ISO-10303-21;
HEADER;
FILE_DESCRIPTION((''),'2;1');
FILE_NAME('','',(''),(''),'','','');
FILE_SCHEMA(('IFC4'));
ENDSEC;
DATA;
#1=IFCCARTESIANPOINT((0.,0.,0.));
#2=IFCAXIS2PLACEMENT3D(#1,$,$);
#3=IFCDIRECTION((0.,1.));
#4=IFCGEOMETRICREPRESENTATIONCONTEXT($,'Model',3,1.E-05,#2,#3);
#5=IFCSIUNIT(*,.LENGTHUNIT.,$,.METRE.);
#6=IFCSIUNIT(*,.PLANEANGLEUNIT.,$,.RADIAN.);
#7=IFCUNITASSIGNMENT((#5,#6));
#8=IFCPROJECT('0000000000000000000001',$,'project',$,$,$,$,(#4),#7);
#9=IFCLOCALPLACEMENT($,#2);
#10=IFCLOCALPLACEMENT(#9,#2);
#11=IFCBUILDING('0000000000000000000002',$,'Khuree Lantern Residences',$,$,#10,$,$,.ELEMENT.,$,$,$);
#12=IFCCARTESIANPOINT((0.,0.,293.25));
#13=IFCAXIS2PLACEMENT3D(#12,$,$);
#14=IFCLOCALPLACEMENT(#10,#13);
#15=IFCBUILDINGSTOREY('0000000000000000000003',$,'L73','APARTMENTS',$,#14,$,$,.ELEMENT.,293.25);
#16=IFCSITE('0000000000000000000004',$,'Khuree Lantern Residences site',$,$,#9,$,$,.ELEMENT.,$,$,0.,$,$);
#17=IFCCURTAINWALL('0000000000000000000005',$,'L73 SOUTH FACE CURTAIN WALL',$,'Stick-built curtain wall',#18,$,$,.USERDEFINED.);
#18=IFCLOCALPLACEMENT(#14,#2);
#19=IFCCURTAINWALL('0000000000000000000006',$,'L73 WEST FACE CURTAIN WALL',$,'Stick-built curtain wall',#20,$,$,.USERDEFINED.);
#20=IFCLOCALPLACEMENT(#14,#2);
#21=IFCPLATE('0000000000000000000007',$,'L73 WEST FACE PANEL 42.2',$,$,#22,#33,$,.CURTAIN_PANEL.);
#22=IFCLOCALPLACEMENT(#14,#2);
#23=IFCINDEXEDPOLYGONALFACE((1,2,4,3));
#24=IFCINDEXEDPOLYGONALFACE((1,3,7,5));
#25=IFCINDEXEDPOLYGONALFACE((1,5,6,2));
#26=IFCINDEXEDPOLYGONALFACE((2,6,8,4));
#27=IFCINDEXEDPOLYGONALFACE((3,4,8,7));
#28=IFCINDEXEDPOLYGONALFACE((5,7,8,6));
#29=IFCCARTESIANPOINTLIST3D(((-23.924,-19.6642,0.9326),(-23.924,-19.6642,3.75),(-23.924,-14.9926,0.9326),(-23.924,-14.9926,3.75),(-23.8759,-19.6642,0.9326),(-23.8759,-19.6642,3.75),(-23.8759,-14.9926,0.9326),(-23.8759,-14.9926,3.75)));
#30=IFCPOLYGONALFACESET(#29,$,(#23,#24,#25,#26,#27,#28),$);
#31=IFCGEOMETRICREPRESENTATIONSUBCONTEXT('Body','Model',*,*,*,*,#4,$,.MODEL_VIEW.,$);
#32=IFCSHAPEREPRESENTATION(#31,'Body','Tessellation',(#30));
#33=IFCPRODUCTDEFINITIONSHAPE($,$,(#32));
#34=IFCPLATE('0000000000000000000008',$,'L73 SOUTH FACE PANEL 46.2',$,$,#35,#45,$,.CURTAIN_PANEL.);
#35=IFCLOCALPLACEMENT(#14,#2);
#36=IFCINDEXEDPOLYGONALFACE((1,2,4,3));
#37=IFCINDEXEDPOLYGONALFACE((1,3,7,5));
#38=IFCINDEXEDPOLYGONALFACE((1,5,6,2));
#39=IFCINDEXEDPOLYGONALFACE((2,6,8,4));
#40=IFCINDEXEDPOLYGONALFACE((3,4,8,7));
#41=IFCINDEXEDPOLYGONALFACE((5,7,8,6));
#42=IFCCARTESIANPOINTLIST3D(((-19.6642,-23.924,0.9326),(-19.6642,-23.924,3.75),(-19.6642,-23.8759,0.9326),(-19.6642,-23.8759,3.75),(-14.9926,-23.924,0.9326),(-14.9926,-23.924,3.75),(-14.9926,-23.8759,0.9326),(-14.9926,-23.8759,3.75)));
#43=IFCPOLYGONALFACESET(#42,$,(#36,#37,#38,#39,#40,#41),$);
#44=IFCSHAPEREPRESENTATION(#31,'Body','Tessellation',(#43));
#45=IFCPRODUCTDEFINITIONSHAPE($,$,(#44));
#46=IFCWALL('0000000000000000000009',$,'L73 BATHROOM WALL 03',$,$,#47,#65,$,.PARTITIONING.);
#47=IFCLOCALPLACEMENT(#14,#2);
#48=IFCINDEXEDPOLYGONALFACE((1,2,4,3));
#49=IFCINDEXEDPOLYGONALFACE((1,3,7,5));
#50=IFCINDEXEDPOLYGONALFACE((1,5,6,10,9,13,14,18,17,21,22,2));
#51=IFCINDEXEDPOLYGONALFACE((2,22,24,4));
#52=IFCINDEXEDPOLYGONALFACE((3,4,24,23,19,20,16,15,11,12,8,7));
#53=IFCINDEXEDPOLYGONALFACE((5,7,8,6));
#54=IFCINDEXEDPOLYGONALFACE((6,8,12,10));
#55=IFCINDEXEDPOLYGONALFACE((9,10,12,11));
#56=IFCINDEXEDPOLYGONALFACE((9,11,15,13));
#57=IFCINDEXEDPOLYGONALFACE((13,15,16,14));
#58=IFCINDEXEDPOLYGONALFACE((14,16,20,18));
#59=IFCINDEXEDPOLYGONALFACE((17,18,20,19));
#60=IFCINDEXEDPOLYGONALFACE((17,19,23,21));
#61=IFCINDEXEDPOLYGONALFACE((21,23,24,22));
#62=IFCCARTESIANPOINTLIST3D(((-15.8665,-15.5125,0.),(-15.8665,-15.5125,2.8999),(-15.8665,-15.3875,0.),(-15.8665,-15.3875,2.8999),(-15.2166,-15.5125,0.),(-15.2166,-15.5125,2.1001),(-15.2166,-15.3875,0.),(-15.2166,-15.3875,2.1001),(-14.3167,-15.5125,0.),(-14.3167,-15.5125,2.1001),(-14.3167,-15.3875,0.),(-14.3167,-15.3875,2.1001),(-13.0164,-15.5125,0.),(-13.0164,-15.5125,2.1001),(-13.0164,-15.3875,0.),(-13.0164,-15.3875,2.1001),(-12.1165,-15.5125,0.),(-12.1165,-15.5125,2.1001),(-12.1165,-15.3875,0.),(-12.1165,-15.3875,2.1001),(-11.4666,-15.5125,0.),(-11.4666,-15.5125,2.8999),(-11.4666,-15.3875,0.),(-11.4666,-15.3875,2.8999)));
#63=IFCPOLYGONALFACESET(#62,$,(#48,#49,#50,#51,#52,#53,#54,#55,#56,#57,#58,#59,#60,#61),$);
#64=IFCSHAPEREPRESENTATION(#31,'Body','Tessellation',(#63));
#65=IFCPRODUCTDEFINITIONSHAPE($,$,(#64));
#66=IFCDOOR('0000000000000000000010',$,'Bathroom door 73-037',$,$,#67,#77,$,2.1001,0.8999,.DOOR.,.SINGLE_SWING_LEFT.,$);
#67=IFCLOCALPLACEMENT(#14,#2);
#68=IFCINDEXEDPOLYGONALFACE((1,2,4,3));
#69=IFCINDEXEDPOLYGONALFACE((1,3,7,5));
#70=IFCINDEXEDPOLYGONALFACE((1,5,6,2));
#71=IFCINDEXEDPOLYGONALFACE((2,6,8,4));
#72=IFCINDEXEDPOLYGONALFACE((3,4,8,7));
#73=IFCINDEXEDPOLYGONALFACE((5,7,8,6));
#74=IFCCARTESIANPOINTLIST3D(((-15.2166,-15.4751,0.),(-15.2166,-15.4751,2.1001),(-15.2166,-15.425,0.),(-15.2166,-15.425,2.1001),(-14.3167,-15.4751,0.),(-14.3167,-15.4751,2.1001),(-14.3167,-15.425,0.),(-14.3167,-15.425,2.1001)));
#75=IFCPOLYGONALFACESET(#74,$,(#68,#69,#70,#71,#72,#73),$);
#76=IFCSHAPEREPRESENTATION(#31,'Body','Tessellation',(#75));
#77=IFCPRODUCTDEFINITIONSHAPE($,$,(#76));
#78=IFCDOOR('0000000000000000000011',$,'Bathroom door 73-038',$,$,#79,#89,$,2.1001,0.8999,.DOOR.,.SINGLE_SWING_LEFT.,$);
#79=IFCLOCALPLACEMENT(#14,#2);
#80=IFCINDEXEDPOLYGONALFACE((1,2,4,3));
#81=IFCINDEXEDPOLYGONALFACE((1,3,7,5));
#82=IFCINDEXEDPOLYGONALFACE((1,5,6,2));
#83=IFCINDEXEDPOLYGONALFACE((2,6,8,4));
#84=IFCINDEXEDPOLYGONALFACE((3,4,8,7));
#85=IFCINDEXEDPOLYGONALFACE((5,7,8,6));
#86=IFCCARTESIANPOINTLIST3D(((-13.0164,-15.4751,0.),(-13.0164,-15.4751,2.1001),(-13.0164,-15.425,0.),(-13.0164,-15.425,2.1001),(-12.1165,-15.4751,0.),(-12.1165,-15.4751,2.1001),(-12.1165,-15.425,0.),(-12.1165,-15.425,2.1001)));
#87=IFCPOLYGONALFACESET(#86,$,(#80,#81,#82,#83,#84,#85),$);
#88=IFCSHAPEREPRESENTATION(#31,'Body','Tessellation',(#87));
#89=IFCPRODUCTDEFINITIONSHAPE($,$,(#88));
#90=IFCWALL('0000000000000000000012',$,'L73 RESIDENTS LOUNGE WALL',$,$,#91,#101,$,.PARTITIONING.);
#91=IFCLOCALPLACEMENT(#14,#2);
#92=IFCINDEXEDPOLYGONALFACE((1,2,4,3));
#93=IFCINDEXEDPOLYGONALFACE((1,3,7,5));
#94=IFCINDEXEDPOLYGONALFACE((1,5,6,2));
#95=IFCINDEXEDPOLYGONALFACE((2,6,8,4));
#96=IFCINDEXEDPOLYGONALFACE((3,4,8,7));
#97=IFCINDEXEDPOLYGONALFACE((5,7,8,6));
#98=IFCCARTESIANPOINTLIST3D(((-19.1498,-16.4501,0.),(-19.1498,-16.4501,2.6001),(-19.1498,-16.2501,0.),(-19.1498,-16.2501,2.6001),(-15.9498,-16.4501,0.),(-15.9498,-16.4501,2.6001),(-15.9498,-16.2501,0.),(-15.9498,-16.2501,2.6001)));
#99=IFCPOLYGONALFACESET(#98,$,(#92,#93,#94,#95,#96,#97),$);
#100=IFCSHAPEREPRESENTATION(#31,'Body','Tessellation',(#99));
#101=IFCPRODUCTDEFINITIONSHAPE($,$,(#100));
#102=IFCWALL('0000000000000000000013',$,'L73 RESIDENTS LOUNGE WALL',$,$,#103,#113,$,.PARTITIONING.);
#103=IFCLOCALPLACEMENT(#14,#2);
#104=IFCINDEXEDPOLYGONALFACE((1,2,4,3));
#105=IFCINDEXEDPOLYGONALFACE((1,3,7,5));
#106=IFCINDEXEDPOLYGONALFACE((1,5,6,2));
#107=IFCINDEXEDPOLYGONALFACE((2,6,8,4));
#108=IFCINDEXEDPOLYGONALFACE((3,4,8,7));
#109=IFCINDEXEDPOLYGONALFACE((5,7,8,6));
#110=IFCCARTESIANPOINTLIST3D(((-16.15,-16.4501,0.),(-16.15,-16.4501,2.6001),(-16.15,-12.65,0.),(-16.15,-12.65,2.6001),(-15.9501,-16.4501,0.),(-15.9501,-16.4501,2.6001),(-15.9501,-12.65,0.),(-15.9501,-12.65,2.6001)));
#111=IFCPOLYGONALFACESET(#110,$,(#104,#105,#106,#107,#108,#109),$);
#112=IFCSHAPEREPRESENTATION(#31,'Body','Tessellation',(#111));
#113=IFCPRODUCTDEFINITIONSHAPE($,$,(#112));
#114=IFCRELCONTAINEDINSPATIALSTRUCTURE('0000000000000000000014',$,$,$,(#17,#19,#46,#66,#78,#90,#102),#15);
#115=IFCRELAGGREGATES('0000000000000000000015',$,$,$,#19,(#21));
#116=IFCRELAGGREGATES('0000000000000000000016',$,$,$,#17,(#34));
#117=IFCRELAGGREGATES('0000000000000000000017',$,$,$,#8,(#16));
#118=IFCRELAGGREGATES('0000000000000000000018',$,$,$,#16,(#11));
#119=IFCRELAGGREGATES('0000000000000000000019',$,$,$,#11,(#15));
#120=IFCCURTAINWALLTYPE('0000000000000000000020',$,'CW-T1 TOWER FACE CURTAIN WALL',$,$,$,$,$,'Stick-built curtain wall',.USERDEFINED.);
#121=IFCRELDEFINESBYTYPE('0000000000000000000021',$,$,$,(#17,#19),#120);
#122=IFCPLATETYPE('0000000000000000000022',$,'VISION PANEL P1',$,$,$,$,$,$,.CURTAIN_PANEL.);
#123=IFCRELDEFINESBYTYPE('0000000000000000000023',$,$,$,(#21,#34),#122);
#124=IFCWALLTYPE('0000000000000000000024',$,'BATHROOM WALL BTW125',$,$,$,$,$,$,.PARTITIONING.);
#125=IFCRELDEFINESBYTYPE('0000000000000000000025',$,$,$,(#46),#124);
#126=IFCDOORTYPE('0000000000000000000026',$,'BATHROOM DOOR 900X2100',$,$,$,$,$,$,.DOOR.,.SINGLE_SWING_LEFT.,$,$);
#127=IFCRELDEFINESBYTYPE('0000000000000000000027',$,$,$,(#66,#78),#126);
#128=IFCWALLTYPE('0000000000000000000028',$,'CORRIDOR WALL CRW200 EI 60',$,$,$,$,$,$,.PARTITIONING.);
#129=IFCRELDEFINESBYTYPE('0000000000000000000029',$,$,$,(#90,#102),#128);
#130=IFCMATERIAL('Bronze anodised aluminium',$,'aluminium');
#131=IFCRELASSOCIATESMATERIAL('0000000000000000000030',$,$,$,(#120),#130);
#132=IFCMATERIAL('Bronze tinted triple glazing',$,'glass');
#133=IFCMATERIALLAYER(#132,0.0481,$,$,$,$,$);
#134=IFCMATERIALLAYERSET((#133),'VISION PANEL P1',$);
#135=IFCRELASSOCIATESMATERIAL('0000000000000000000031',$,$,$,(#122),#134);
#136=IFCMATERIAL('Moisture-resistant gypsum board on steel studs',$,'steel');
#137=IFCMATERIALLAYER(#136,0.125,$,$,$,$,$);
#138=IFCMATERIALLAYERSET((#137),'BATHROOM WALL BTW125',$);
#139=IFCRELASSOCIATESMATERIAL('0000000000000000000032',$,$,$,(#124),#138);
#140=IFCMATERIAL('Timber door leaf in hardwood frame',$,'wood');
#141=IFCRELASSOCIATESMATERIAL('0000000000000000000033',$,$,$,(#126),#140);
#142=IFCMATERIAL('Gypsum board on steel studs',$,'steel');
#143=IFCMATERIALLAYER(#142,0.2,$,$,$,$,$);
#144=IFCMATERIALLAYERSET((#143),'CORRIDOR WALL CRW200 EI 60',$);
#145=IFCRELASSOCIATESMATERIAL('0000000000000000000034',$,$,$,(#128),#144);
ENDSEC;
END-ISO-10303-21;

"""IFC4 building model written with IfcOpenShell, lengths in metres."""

from ifc_helpers import new_model, si_unit, direction, frame, frame_2d, origin, origin_2d, place, context, subcontext, project, spatial, rectangle, extrude, material, layer, layer_set, type_object, element, fill, aggregate, save


model = new_model("IFC4")

# Units and contexts
model_context = context("Model", 3, precision=1e-05, world=origin(), true_north=direction((0.0, 1.0)))
body_context = subcontext(model_context, "Body", "Model", "MODEL_VIEW")
ifc_project = project(units=[si_unit("LENGTHUNIT", "METRE"), si_unit("PLANEANGLEUNIT", "RADIAN")], contexts=[model_context])

# Site, building, storey
site_placement = place(None, origin())
site = spatial("IfcSite", under=ifc_project, at=site_placement, Name="Khuree Lantern Residences site", CompositionType="ELEMENT", RefElevation=0.0)
building_placement = place(site_placement, origin())
building = spatial("IfcBuilding", under=site, at=building_placement, Name="Khuree Lantern Residences", CompositionType="ELEMENT")
storey_placement = place(building_placement, frame((0.0, 0.0, 293.25)))
storey = spatial("IfcBuildingStorey", under=building, at=storey_placement, Name="L73", Description="APARTMENTS", CompositionType="ELEMENT", Elevation=293.25)

# Shared definitions
ifc_material_1 = material(Name="Bronze anodised aluminium", Category="aluminium")

# Curtain walls
curtain_wall_type_1 = type_object("IfcCurtainWallType", Name="CW-T1 TOWER FACE CURTAIN WALL", ElementType="Stick-built curtain wall", PredefinedType="USERDEFINED", material=ifc_material_1)
curtain_wall_1_placement = place(storey_placement, origin())
curtain_wall_1 = element("IfcCurtainWall", 1, at=curtain_wall_1_placement, inside=storey, type_object=curtain_wall_type_1, Name="L73 SOUTH FACE CURTAIN WALL", ObjectType="Stick-built curtain wall", PredefinedType="USERDEFINED")
curtain_wall_2_placement = place(storey_placement, origin())
curtain_wall_2 = element("IfcCurtainWall", 2, at=curtain_wall_2_placement, inside=storey, type_object=curtain_wall_type_1, Name="L73 WEST FACE CURTAIN WALL", ObjectType="Stick-built curtain wall", PredefinedType="USERDEFINED")

# Plates
ifc_material_2 = material(Name="Bronze tinted triple glazing", Category="glass")
ifc_layer_1 = layer(ifc_material_2, 0.0481)
ifc_layer_set_1 = layer_set([ifc_layer_1], Name="VISION PANEL P1")
plate_type_1 = type_object("IfcPlateType", Name="VISION PANEL P1", PredefinedType="CURTAIN_PANEL", material=ifc_layer_set_1)
plate_1_placement = place(storey_placement, frame((-23.8999, -17.3284, 0.9326), z_axis=(0.0, 0.0, 1.0), x_axis=(0.0, -1.0, 0.0)))
plate_1 = element("IfcPlate", 3, at=plate_1_placement, type_object=plate_type_1, Name="L73 WEST FACE PANEL 42.2", PredefinedType="CURTAIN_PANEL", context=body_context, shape_type="SweptSolid", body=[
    extrude(rectangle(XDim=4.6716, YDim=0.0481, at=origin_2d()), origin(), (0.0, 0.0, 1.0), 2.8174),
])
aggregate(curtain_wall_2, [plate_1])
plate_2_placement = place(storey_placement, frame((-17.3284, -23.8999, 0.9326), z_axis=(0.0, 0.0, 1.0), x_axis=(1.0, 0.0, 0.0)))
plate_2 = element("IfcPlate", 4, at=plate_2_placement, type_object=plate_type_1, Name="L73 SOUTH FACE PANEL 46.2", PredefinedType="CURTAIN_PANEL", context=body_context, shape_type="SweptSolid", body=[
    extrude(rectangle(XDim=4.6716, YDim=0.0481, at=origin_2d()), origin(), (0.0, 0.0, 1.0), 2.8174),
])
aggregate(curtain_wall_1, [plate_2])

# Wall, openings, doors
ifc_material_3 = material(Name="Moisture-resistant gypsum board on steel studs", Category="steel")
ifc_layer_2 = layer(ifc_material_3, 0.125)
ifc_layer_set_2 = layer_set([ifc_layer_2], Name="BATHROOM WALL BTW125")
wall_type_1 = type_object("IfcWallType", Name="BATHROOM WALL BTW125", PredefinedType="PARTITIONING", material=ifc_layer_set_2)
wall_1_placement = place(storey_placement, frame((-15.8665, -15.45, 0.0), z_axis=(0.0, 0.0, 1.0), x_axis=(1.0, 0.0, 0.0)))
wall_1 = element("IfcWall", 5, at=wall_1_placement, inside=storey, type_object=wall_type_1, Name="L73 BATHROOM WALL 03", PredefinedType="PARTITIONING", context=body_context, shape_type="SweptSolid", body=[
    extrude(rectangle(XDim=4.3999, YDim=0.125, at=frame_2d((2.2, 0.0))), origin(), (0.0, 0.0, 1.0), 2.8999),
])
opening_1_placement = place(wall_1_placement, frame((0.6499, 0.0, 0.0)))
opening_1 = element("IfcOpeningElement", 6, at=opening_1_placement, cuts=wall_1, PredefinedType="OPENING", context=body_context, shape_type="SweptSolid", body=[
    extrude(rectangle(XDim=0.8999, YDim=2.1001, at=frame_2d((0.45, 1.05))), frame((0.0, 0.0725, 0.0), z_axis=(0.0, -1.0, 0.0), x_axis=(1.0, 0.0, 0.0)), (0.0, 0.0, 1.0), 0.145),
])
opening_2_placement = place(wall_1_placement, frame((2.8501, 0.0, 0.0)))
opening_2 = element("IfcOpeningElement", 7, at=opening_2_placement, cuts=wall_1, PredefinedType="OPENING", context=body_context, shape_type="SweptSolid", body=[
    extrude(rectangle(XDim=0.8999, YDim=2.1001, at=frame_2d((0.45, 1.05))), frame((0.0, 0.0725, 0.0), z_axis=(0.0, -1.0, 0.0), x_axis=(1.0, 0.0, 0.0)), (0.0, 0.0, 1.0), 0.145),
])
ifc_material_4 = material(Name="Timber door leaf in hardwood frame", Category="wood")
door_type = type_object("IfcDoorType", Name="BATHROOM DOOR 900X2100", OperationType="SINGLE_SWING_LEFT", PredefinedType="DOOR", material=ifc_material_4)
door_1_placement = place(opening_1_placement, origin())
door_1 = element("IfcDoor", 8, at=door_1_placement, inside=storey, type_object=door_type, Name="Bathroom door 73-037", OperationType="SINGLE_SWING_LEFT", OverallHeight=2.1001, OverallWidth=0.8999, PredefinedType="DOOR", context=body_context, shape_type="SweptSolid", body=[
    extrude(rectangle(XDim=0.8999, YDim=2.1001, at=frame_2d((0.45, 1.05))), frame((0.0, 0.0249, 0.0), z_axis=(0.0, -1.0, 0.0), x_axis=(1.0, 0.0, 0.0)), (0.0, 0.0, 1.0), 0.05),
])
fill(opening_1, door_1)
door_2_placement = place(opening_2_placement, origin())
door_2 = element("IfcDoor", 9, at=door_2_placement, inside=storey, type_object=door_type, Name="Bathroom door 73-038", OperationType="SINGLE_SWING_LEFT", OverallHeight=2.1001, OverallWidth=0.8999, PredefinedType="DOOR", context=body_context, shape_type="SweptSolid", body=[
    extrude(rectangle(XDim=0.8999, YDim=2.1001, at=frame_2d((0.45, 1.05))), frame((0.0, 0.0249, 0.0), z_axis=(0.0, -1.0, 0.0), x_axis=(1.0, 0.0, 0.0)), (0.0, 0.0, 1.0), 0.05),
])
fill(opening_2, door_2)

# Walls
ifc_material_5 = material(Name="Gypsum board on steel studs", Category="steel")
ifc_layer_3 = layer(ifc_material_5, 0.2)
ifc_layer_set_3 = layer_set([ifc_layer_3], Name="CORRIDOR WALL CRW200 EI 60")
wall_type_2 = type_object("IfcWallType", Name="CORRIDOR WALL CRW200 EI 60", PredefinedType="PARTITIONING", material=ifc_layer_set_3)
wall_2_placement = place(storey_placement, frame((-19.1499, -16.3501, 0.0), z_axis=(0.0, 0.0, 1.0), x_axis=(1.0, 0.0, 0.0)))
element("IfcWall", 10, at=wall_2_placement, inside=storey, type_object=wall_type_2, Name="L73 RESIDENTS LOUNGE WALL", PredefinedType="PARTITIONING", context=body_context, shape_type="SweptSolid", body=[
    extrude(rectangle(XDim=3.2, YDim=0.2, at=frame_2d((1.6001, 0.0))), origin(), (0.0, 0.0, 1.0), 2.6001),
])
wall_3_placement = place(storey_placement, frame((-16.05, -16.45, 0.0), z_axis=(0.0, 0.0, 1.0), x_axis=(0.0, 1.0, 0.0)))
element("IfcWall", 11, at=wall_3_placement, inside=storey, type_object=wall_type_2, Name="L73 RESIDENTS LOUNGE WALL", PredefinedType="PARTITIONING", context=body_context, shape_type="SweptSolid", body=[
    extrude(rectangle(XDim=3.8, YDim=0.2, at=frame_2d((1.8999, 0.0))), origin(), (0.0, 0.0, 1.0), 2.6001),
])

save(model, "model.ifc")
